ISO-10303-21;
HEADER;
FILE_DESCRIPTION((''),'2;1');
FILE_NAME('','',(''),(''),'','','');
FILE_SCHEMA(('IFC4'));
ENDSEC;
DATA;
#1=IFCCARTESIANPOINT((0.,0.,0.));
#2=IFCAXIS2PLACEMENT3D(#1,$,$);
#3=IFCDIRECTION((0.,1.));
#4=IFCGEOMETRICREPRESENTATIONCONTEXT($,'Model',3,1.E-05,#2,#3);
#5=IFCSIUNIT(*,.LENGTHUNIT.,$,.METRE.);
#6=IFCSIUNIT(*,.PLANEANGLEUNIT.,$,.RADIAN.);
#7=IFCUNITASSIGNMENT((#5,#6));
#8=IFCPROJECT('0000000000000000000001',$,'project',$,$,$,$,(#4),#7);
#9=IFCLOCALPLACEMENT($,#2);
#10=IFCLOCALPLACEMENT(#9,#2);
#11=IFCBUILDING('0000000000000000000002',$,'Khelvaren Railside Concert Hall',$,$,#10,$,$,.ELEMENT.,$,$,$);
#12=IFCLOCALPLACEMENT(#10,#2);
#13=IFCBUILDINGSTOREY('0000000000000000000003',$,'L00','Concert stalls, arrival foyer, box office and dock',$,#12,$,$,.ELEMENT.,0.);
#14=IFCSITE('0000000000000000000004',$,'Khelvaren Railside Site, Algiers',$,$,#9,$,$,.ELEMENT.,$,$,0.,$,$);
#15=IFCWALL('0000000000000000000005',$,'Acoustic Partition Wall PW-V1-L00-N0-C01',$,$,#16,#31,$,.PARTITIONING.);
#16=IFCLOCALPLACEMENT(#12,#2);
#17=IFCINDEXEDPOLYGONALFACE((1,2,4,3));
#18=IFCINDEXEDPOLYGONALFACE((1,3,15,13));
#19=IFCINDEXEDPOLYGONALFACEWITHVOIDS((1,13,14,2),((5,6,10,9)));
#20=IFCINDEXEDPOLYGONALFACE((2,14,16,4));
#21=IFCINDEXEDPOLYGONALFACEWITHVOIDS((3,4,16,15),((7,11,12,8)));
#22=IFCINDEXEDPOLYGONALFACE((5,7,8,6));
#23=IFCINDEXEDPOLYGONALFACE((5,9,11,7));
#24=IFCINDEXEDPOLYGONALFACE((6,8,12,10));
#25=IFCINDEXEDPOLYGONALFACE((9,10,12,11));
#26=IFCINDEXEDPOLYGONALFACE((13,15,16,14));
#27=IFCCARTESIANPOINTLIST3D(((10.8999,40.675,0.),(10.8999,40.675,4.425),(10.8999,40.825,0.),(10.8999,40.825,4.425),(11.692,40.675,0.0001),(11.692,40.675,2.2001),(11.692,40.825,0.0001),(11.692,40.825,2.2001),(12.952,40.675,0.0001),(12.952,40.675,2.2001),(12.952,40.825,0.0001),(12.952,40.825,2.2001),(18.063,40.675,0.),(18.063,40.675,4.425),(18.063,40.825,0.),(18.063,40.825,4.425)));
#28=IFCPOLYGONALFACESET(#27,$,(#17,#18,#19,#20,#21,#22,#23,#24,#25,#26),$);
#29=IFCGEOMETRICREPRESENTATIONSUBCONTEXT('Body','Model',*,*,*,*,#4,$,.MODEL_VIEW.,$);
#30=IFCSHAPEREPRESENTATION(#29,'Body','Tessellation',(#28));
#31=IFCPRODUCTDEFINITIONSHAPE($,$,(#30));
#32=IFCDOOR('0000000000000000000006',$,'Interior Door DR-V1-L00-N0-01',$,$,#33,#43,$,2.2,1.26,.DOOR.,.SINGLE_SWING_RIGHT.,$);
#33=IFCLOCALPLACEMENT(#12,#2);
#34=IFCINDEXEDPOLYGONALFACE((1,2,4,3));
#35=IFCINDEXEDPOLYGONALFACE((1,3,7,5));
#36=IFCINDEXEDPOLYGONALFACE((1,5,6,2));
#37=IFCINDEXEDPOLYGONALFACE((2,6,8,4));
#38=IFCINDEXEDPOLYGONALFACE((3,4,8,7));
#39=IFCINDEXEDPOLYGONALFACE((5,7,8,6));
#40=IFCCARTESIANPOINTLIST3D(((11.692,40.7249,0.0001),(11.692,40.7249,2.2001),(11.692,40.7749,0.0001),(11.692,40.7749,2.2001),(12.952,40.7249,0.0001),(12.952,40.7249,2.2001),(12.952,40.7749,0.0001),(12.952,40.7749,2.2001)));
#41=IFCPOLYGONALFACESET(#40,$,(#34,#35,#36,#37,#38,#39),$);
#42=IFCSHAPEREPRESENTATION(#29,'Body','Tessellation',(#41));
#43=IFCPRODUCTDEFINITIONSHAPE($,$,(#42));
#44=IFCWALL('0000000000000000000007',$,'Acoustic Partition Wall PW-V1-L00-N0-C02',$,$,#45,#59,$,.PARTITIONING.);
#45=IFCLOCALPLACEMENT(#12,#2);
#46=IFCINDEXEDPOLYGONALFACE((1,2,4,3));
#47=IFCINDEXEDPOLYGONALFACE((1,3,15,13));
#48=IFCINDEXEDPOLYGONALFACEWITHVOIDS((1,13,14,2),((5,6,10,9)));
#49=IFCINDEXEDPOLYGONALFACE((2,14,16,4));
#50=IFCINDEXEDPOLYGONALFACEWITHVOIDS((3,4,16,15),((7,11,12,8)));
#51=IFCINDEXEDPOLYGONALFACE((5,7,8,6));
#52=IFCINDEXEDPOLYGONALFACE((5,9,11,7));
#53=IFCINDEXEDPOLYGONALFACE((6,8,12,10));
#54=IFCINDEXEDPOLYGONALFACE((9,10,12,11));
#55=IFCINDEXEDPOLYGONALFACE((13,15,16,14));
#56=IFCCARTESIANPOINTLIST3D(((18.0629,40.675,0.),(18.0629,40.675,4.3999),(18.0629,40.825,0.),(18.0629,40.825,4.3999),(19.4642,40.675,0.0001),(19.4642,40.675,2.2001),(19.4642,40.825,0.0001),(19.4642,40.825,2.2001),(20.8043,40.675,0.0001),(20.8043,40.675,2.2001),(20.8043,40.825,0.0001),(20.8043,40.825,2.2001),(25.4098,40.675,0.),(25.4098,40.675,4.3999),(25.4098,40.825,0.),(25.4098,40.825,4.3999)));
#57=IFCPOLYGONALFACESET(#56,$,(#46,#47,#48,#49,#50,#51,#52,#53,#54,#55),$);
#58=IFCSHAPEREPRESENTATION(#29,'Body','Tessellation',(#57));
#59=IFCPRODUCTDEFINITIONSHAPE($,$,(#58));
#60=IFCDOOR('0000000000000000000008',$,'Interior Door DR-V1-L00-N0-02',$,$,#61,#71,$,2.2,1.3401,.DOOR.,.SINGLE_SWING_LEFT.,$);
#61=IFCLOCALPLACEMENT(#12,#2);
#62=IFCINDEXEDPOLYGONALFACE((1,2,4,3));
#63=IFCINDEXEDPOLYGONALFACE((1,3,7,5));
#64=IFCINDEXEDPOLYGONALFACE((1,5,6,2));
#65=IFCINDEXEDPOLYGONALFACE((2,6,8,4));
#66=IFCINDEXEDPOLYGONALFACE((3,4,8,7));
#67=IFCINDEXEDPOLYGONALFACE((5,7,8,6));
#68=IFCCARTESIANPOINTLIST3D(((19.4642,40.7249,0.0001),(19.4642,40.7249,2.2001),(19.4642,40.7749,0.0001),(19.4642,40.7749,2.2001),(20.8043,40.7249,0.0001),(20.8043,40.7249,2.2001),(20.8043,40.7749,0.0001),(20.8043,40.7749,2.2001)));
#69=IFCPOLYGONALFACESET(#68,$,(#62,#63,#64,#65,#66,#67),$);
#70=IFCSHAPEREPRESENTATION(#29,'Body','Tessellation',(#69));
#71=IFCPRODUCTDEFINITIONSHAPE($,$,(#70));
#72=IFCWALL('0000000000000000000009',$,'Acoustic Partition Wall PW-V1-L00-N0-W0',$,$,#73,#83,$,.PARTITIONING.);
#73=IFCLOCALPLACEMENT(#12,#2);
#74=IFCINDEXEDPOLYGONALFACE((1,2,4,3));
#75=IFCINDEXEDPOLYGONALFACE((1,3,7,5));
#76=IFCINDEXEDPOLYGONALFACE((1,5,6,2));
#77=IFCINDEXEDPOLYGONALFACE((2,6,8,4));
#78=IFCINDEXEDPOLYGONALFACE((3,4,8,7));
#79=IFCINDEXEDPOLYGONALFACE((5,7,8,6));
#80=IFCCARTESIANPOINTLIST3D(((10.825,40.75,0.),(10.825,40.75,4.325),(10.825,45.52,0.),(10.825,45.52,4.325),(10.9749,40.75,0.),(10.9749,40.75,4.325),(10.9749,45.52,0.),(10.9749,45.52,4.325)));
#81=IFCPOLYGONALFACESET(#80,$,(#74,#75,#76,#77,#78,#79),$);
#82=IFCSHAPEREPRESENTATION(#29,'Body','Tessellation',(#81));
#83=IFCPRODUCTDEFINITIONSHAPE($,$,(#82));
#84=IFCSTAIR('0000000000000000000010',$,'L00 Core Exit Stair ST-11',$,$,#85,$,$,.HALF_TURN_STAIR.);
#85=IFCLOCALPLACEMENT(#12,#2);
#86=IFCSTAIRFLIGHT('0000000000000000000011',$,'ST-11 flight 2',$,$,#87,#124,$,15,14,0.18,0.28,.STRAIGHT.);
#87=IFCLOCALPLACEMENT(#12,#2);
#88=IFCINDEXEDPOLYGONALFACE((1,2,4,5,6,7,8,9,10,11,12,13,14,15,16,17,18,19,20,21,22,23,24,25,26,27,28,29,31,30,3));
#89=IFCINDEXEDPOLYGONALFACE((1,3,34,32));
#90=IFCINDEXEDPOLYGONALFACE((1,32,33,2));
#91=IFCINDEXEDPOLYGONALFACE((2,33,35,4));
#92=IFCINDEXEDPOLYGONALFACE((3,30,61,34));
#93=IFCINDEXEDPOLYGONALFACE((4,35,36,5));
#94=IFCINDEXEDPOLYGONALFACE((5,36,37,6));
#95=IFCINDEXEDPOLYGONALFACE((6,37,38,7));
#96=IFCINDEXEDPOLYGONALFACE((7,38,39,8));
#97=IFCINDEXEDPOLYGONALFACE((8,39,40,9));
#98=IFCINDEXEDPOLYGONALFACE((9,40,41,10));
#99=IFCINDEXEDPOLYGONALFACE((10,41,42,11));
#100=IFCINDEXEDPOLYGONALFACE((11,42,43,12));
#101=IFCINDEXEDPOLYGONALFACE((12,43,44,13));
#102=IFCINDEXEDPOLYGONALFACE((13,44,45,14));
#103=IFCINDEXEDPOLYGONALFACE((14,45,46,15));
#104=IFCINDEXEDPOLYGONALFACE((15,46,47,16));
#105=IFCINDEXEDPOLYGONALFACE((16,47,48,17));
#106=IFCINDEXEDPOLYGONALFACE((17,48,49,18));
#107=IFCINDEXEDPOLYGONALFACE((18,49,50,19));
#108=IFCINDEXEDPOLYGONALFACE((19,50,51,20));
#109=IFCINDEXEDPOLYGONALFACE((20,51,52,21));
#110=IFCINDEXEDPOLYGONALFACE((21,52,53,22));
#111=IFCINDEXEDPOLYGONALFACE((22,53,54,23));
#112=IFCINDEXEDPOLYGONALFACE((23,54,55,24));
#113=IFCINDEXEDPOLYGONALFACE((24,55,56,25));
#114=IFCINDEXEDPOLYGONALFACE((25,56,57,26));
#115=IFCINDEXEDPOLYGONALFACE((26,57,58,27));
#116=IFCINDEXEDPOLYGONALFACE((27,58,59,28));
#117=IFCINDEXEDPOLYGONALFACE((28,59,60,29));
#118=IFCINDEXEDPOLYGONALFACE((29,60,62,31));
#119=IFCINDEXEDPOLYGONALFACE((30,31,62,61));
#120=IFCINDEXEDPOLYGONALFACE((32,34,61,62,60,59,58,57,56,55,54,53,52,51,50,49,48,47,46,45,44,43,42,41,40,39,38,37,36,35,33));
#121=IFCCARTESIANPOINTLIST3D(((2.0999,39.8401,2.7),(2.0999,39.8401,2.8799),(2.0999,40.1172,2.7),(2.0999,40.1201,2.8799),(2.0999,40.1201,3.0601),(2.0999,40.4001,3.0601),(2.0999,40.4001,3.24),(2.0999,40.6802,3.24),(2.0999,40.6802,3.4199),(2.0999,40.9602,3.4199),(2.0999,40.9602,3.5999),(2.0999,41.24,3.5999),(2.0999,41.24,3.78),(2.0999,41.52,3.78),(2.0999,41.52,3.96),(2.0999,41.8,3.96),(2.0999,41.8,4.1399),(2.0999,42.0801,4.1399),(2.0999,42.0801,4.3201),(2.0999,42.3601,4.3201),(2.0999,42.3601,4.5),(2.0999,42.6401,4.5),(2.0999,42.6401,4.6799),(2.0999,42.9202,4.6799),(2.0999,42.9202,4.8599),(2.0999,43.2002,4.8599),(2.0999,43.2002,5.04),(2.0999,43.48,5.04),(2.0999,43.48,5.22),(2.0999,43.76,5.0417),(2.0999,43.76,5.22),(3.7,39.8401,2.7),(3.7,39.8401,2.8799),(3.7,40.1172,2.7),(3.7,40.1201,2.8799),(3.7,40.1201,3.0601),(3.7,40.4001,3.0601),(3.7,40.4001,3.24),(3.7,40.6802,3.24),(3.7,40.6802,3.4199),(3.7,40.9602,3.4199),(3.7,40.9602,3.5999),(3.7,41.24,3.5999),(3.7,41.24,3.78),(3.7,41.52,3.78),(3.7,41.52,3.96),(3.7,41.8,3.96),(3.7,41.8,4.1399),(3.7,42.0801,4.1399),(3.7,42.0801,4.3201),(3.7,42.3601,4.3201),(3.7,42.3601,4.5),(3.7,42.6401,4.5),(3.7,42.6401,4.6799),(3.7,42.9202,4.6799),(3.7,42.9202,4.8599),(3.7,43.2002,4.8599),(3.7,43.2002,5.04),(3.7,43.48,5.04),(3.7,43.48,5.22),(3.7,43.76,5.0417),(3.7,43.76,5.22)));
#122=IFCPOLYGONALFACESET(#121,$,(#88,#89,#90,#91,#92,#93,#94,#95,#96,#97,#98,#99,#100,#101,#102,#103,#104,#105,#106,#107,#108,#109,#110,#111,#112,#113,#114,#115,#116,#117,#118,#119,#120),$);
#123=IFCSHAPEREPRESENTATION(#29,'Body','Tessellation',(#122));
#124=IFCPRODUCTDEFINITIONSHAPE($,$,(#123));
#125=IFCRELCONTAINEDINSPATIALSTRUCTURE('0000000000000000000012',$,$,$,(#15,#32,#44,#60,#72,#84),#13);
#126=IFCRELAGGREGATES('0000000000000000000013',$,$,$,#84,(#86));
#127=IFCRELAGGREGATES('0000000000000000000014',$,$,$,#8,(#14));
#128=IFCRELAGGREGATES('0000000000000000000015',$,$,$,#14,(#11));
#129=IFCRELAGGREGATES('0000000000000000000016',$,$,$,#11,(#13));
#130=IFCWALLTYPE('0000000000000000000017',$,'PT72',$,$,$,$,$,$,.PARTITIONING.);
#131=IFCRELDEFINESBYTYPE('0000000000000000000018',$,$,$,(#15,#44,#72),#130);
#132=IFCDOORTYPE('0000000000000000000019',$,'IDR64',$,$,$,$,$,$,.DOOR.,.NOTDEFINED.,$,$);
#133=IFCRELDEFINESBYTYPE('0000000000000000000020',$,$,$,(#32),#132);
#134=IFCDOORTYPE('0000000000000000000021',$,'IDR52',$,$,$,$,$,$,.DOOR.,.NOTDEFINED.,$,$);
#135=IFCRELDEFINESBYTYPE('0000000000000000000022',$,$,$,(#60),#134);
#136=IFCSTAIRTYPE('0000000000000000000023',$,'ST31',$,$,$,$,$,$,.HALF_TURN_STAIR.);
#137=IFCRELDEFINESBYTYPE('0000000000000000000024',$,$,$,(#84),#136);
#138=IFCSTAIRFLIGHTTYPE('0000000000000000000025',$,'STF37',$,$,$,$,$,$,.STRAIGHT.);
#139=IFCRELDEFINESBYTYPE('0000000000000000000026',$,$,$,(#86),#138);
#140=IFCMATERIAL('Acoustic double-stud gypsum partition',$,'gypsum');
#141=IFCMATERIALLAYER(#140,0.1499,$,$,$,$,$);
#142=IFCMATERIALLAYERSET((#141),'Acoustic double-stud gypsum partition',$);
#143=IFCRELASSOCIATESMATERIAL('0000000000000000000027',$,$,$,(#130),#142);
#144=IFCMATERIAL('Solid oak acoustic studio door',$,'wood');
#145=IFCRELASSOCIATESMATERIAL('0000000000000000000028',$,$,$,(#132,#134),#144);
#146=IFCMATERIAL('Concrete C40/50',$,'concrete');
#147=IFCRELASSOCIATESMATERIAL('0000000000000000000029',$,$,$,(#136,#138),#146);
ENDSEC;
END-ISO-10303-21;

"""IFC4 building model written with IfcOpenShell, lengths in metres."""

from ifc_helpers import new_model, si_unit, direction, frame, frame_2d, origin, place, context, subcontext, project, spatial, polyline, rectangle, outline, extrude, material, layer, layer_set, type_object, element, fill, aggregate, save


model = new_model("IFC4")

# Units and contexts
model_context = context("Model", 3, precision=1e-05, world=origin(), true_north=direction((0.0, 1.0)))
body_context = subcontext(model_context, "Body", "Model", "MODEL_VIEW")
ifc_project = project(units=[si_unit("LENGTHUNIT", "METRE"), si_unit("PLANEANGLEUNIT", "RADIAN")], contexts=[model_context])

# Site, building, storey
site_placement = place(None, origin())
site = spatial("IfcSite", under=ifc_project, at=site_placement, Name="Khelvaren Railside Site, Algiers", CompositionType="ELEMENT", RefElevation=0.0)
building_placement = place(site_placement, origin())
building = spatial("IfcBuilding", under=site, at=building_placement, Name="Khelvaren Railside Concert Hall", CompositionType="ELEMENT")
storey_placement = place(building_placement, origin())
storey = spatial("IfcBuildingStorey", under=building, at=storey_placement, Name="L00", Description="Concert stalls, arrival foyer, box office and dock", CompositionType="ELEMENT", Elevation=0.0)

# Shared definitions
ifc_material_1 = material(Name="Concrete C40/50", Category="concrete")

# Shared definitions
ifc_material_2 = material(Name="Acoustic double-stud gypsum partition", Category="gypsum")

# Walls, openings, doors
ifc_layer_1 = layer(ifc_material_2, 0.1499)
ifc_layer_set_1 = layer_set([ifc_layer_1], Name="Acoustic double-stud gypsum partition")
wall_type_1 = type_object("IfcWallType", Name="PT72", PredefinedType="PARTITIONING", material=ifc_layer_set_1)
wall_1_placement = place(storey_placement, frame((10.8999, 40.75, 0.0), z_axis=(0.0, 0.0, 1.0), x_axis=(1.0, 0.0, 0.0)))
wall_1 = element("IfcWall", 1, at=wall_1_placement, inside=storey, type_object=wall_type_1, Name="Acoustic Partition Wall PW-V1-L00-N0-C01", PredefinedType="PARTITIONING", context=body_context, shape_type="SweptSolid", body=[
    extrude(rectangle(XDim=7.1631, YDim=0.1499, at=frame_2d((3.5815, 0.0))), origin(), (0.0, 0.0, 1.0), 4.425),
])
opening_1_placement = place(wall_1_placement, frame((0.7922, 0.0, 0.0)))
opening_1 = element("IfcOpeningElement", 2, at=opening_1_placement, cuts=wall_1, PredefinedType="OPENING", context=body_context, shape_type="SweptSolid", body=[
    extrude(rectangle(XDim=1.26, YDim=2.2, at=frame_2d((0.6299, 1.1001))), frame((0.0, 0.085, 0.0), z_axis=(0.0, -1.0, 0.0), x_axis=(1.0, 0.0, 0.0)), (0.0, 0.0, 1.0), 0.1699),
])
ifc_material_3 = material(Name="Solid oak acoustic studio door", Category="wood")
door_type_1 = type_object("IfcDoorType", Name="IDR64", OperationType="NOTDEFINED", PredefinedType="DOOR", material=ifc_material_3)
door_1_placement = place(opening_1_placement, origin())
door_1 = element("IfcDoor", 3, at=door_1_placement, inside=storey, type_object=door_type_1, Name="Interior Door DR-V1-L00-N0-01", OperationType="SINGLE_SWING_RIGHT", OverallHeight=2.2, OverallWidth=1.26, PredefinedType="DOOR", context=body_context, shape_type="SweptSolid", body=[
    extrude(rectangle(XDim=1.26, YDim=2.2, at=frame_2d((0.6299, 1.1001))), frame((0.0, 0.0249, 0.0), z_axis=(0.0, -1.0, 0.0), x_axis=(1.0, 0.0, 0.0)), (0.0, 0.0, 1.0), 0.05),
])
fill(opening_1, door_1)
wall_2_placement = place(storey_placement, frame((18.063, 40.75, 0.0), z_axis=(0.0, 0.0, 1.0), x_axis=(1.0, 0.0, 0.0)))
wall_2 = element("IfcWall", 4, at=wall_2_placement, inside=storey, type_object=wall_type_1, Name="Acoustic Partition Wall PW-V1-L00-N0-C02", PredefinedType="PARTITIONING", context=body_context, shape_type="SweptSolid", body=[
    extrude(rectangle(XDim=7.3469, YDim=0.1499, at=frame_2d((3.6733, 0.0))), origin(), (0.0, 0.0, 1.0), 4.3999),
])
opening_2_placement = place(wall_2_placement, frame((1.4014, 0.0, 0.0)))
opening_2 = element("IfcOpeningElement", 5, at=opening_2_placement, cuts=wall_2, PredefinedType="OPENING", context=body_context, shape_type="SweptSolid", body=[
    extrude(rectangle(XDim=1.3401, YDim=2.2, at=frame_2d((0.6699, 1.1001))), frame((0.0, 0.085, 0.0), z_axis=(0.0, -1.0, 0.0), x_axis=(1.0, 0.0, 0.0)), (0.0, 0.0, 1.0), 0.1699),
])
door_type_2 = type_object("IfcDoorType", Name="IDR52", OperationType="NOTDEFINED", PredefinedType="DOOR", material=ifc_material_3)
door_2_placement = place(opening_2_placement, origin())
door_2 = element("IfcDoor", 6, at=door_2_placement, inside=storey, type_object=door_type_2, Name="Interior Door DR-V1-L00-N0-02", OperationType="SINGLE_SWING_LEFT", OverallHeight=2.2, OverallWidth=1.3401, PredefinedType="DOOR", context=body_context, shape_type="SweptSolid", body=[
    extrude(rectangle(XDim=1.3401, YDim=2.2, at=frame_2d((0.6699, 1.1001))), frame((0.0, 0.0249, 0.0), z_axis=(0.0, -1.0, 0.0), x_axis=(1.0, 0.0, 0.0)), (0.0, 0.0, 1.0), 0.05),
])
fill(opening_2, door_2)

# Wall
wall_3_placement = place(storey_placement, frame((10.8999, 40.75, 0.0), z_axis=(0.0, 0.0, 1.0), x_axis=(0.0, 1.0, 0.0)))
element("IfcWall", 7, at=wall_3_placement, inside=storey, type_object=wall_type_1, Name="Acoustic Partition Wall PW-V1-L00-N0-W0", PredefinedType="PARTITIONING", context=body_context, shape_type="SweptSolid", body=[
    extrude(rectangle(XDim=4.77, YDim=0.1499, at=frame_2d((2.385, 0.0))), origin(), (0.0, 0.0, 1.0), 4.325),
])

# Stair, stair flight
stair_type = type_object("IfcStairType", Name="ST31", PredefinedType="HALF_TURN_STAIR", material=ifc_material_1)
stair_placement = place(storey_placement, origin())
stair = element("IfcStair", 8, at=stair_placement, inside=storey, type_object=stair_type, Name="L00 Core Exit Stair ST-11", PredefinedType="HALF_TURN_STAIR")
stair_flight_type = type_object("IfcStairFlightType", Name="STF37", PredefinedType="STRAIGHT", material=ifc_material_1)
stair_flight_placement = place(storey_placement, frame((2.8999, 39.8401, 2.7), z_axis=(0.0, 0.0, 1.0), x_axis=(0.0, 1.0, 0.0)))
stair_flight = element("IfcStairFlight", 9, at=stair_flight_placement, type_object=stair_flight_type, Name="ST-11 flight 2", NumberOfRisers=15, NumberOfTreads=14, PredefinedType="STRAIGHT", RiserHeight=0.18, TreadLength=0.28, context=body_context, shape_type="SweptSolid", body=[
    extrude(outline(polyline([(0.0, 0.0), (0.0, 0.1799), (0.28, 0.1799), (0.28, 0.3601), (0.5601, 0.3601), (0.5601, 0.54), (0.8401, 0.54), (0.8401, 0.72), (1.1201, 0.72), (1.1201, 0.8999), (1.3999, 0.8999), (1.3999, 1.0801), (1.6799, 1.0801), (1.6799, 1.26), (1.96, 1.26), (1.96, 1.4399), (2.24, 1.4399), (2.24, 1.6201), (2.52, 1.6201), (2.52, 1.8), (2.8, 1.8), (2.8, 1.98), (3.0801, 1.98), (3.0801, 2.1599), (3.3601, 2.1599), (3.3601, 2.3401), (3.6399, 2.3401), (3.6399, 2.52), (3.9199, 2.52), (3.9199, 2.7), (3.9199, 2.3418), (0.2771, 0.0), (0.0, 0.0)])), frame((0.0, 0.8, 0.0), z_axis=(0.0, -1.0, 0.0), x_axis=(1.0, 0.0, 0.0)), (0.0, 0.0, 1.0), 1.6001),
])
aggregate(stair, [stair_flight])

save(model, "model.ifc")
